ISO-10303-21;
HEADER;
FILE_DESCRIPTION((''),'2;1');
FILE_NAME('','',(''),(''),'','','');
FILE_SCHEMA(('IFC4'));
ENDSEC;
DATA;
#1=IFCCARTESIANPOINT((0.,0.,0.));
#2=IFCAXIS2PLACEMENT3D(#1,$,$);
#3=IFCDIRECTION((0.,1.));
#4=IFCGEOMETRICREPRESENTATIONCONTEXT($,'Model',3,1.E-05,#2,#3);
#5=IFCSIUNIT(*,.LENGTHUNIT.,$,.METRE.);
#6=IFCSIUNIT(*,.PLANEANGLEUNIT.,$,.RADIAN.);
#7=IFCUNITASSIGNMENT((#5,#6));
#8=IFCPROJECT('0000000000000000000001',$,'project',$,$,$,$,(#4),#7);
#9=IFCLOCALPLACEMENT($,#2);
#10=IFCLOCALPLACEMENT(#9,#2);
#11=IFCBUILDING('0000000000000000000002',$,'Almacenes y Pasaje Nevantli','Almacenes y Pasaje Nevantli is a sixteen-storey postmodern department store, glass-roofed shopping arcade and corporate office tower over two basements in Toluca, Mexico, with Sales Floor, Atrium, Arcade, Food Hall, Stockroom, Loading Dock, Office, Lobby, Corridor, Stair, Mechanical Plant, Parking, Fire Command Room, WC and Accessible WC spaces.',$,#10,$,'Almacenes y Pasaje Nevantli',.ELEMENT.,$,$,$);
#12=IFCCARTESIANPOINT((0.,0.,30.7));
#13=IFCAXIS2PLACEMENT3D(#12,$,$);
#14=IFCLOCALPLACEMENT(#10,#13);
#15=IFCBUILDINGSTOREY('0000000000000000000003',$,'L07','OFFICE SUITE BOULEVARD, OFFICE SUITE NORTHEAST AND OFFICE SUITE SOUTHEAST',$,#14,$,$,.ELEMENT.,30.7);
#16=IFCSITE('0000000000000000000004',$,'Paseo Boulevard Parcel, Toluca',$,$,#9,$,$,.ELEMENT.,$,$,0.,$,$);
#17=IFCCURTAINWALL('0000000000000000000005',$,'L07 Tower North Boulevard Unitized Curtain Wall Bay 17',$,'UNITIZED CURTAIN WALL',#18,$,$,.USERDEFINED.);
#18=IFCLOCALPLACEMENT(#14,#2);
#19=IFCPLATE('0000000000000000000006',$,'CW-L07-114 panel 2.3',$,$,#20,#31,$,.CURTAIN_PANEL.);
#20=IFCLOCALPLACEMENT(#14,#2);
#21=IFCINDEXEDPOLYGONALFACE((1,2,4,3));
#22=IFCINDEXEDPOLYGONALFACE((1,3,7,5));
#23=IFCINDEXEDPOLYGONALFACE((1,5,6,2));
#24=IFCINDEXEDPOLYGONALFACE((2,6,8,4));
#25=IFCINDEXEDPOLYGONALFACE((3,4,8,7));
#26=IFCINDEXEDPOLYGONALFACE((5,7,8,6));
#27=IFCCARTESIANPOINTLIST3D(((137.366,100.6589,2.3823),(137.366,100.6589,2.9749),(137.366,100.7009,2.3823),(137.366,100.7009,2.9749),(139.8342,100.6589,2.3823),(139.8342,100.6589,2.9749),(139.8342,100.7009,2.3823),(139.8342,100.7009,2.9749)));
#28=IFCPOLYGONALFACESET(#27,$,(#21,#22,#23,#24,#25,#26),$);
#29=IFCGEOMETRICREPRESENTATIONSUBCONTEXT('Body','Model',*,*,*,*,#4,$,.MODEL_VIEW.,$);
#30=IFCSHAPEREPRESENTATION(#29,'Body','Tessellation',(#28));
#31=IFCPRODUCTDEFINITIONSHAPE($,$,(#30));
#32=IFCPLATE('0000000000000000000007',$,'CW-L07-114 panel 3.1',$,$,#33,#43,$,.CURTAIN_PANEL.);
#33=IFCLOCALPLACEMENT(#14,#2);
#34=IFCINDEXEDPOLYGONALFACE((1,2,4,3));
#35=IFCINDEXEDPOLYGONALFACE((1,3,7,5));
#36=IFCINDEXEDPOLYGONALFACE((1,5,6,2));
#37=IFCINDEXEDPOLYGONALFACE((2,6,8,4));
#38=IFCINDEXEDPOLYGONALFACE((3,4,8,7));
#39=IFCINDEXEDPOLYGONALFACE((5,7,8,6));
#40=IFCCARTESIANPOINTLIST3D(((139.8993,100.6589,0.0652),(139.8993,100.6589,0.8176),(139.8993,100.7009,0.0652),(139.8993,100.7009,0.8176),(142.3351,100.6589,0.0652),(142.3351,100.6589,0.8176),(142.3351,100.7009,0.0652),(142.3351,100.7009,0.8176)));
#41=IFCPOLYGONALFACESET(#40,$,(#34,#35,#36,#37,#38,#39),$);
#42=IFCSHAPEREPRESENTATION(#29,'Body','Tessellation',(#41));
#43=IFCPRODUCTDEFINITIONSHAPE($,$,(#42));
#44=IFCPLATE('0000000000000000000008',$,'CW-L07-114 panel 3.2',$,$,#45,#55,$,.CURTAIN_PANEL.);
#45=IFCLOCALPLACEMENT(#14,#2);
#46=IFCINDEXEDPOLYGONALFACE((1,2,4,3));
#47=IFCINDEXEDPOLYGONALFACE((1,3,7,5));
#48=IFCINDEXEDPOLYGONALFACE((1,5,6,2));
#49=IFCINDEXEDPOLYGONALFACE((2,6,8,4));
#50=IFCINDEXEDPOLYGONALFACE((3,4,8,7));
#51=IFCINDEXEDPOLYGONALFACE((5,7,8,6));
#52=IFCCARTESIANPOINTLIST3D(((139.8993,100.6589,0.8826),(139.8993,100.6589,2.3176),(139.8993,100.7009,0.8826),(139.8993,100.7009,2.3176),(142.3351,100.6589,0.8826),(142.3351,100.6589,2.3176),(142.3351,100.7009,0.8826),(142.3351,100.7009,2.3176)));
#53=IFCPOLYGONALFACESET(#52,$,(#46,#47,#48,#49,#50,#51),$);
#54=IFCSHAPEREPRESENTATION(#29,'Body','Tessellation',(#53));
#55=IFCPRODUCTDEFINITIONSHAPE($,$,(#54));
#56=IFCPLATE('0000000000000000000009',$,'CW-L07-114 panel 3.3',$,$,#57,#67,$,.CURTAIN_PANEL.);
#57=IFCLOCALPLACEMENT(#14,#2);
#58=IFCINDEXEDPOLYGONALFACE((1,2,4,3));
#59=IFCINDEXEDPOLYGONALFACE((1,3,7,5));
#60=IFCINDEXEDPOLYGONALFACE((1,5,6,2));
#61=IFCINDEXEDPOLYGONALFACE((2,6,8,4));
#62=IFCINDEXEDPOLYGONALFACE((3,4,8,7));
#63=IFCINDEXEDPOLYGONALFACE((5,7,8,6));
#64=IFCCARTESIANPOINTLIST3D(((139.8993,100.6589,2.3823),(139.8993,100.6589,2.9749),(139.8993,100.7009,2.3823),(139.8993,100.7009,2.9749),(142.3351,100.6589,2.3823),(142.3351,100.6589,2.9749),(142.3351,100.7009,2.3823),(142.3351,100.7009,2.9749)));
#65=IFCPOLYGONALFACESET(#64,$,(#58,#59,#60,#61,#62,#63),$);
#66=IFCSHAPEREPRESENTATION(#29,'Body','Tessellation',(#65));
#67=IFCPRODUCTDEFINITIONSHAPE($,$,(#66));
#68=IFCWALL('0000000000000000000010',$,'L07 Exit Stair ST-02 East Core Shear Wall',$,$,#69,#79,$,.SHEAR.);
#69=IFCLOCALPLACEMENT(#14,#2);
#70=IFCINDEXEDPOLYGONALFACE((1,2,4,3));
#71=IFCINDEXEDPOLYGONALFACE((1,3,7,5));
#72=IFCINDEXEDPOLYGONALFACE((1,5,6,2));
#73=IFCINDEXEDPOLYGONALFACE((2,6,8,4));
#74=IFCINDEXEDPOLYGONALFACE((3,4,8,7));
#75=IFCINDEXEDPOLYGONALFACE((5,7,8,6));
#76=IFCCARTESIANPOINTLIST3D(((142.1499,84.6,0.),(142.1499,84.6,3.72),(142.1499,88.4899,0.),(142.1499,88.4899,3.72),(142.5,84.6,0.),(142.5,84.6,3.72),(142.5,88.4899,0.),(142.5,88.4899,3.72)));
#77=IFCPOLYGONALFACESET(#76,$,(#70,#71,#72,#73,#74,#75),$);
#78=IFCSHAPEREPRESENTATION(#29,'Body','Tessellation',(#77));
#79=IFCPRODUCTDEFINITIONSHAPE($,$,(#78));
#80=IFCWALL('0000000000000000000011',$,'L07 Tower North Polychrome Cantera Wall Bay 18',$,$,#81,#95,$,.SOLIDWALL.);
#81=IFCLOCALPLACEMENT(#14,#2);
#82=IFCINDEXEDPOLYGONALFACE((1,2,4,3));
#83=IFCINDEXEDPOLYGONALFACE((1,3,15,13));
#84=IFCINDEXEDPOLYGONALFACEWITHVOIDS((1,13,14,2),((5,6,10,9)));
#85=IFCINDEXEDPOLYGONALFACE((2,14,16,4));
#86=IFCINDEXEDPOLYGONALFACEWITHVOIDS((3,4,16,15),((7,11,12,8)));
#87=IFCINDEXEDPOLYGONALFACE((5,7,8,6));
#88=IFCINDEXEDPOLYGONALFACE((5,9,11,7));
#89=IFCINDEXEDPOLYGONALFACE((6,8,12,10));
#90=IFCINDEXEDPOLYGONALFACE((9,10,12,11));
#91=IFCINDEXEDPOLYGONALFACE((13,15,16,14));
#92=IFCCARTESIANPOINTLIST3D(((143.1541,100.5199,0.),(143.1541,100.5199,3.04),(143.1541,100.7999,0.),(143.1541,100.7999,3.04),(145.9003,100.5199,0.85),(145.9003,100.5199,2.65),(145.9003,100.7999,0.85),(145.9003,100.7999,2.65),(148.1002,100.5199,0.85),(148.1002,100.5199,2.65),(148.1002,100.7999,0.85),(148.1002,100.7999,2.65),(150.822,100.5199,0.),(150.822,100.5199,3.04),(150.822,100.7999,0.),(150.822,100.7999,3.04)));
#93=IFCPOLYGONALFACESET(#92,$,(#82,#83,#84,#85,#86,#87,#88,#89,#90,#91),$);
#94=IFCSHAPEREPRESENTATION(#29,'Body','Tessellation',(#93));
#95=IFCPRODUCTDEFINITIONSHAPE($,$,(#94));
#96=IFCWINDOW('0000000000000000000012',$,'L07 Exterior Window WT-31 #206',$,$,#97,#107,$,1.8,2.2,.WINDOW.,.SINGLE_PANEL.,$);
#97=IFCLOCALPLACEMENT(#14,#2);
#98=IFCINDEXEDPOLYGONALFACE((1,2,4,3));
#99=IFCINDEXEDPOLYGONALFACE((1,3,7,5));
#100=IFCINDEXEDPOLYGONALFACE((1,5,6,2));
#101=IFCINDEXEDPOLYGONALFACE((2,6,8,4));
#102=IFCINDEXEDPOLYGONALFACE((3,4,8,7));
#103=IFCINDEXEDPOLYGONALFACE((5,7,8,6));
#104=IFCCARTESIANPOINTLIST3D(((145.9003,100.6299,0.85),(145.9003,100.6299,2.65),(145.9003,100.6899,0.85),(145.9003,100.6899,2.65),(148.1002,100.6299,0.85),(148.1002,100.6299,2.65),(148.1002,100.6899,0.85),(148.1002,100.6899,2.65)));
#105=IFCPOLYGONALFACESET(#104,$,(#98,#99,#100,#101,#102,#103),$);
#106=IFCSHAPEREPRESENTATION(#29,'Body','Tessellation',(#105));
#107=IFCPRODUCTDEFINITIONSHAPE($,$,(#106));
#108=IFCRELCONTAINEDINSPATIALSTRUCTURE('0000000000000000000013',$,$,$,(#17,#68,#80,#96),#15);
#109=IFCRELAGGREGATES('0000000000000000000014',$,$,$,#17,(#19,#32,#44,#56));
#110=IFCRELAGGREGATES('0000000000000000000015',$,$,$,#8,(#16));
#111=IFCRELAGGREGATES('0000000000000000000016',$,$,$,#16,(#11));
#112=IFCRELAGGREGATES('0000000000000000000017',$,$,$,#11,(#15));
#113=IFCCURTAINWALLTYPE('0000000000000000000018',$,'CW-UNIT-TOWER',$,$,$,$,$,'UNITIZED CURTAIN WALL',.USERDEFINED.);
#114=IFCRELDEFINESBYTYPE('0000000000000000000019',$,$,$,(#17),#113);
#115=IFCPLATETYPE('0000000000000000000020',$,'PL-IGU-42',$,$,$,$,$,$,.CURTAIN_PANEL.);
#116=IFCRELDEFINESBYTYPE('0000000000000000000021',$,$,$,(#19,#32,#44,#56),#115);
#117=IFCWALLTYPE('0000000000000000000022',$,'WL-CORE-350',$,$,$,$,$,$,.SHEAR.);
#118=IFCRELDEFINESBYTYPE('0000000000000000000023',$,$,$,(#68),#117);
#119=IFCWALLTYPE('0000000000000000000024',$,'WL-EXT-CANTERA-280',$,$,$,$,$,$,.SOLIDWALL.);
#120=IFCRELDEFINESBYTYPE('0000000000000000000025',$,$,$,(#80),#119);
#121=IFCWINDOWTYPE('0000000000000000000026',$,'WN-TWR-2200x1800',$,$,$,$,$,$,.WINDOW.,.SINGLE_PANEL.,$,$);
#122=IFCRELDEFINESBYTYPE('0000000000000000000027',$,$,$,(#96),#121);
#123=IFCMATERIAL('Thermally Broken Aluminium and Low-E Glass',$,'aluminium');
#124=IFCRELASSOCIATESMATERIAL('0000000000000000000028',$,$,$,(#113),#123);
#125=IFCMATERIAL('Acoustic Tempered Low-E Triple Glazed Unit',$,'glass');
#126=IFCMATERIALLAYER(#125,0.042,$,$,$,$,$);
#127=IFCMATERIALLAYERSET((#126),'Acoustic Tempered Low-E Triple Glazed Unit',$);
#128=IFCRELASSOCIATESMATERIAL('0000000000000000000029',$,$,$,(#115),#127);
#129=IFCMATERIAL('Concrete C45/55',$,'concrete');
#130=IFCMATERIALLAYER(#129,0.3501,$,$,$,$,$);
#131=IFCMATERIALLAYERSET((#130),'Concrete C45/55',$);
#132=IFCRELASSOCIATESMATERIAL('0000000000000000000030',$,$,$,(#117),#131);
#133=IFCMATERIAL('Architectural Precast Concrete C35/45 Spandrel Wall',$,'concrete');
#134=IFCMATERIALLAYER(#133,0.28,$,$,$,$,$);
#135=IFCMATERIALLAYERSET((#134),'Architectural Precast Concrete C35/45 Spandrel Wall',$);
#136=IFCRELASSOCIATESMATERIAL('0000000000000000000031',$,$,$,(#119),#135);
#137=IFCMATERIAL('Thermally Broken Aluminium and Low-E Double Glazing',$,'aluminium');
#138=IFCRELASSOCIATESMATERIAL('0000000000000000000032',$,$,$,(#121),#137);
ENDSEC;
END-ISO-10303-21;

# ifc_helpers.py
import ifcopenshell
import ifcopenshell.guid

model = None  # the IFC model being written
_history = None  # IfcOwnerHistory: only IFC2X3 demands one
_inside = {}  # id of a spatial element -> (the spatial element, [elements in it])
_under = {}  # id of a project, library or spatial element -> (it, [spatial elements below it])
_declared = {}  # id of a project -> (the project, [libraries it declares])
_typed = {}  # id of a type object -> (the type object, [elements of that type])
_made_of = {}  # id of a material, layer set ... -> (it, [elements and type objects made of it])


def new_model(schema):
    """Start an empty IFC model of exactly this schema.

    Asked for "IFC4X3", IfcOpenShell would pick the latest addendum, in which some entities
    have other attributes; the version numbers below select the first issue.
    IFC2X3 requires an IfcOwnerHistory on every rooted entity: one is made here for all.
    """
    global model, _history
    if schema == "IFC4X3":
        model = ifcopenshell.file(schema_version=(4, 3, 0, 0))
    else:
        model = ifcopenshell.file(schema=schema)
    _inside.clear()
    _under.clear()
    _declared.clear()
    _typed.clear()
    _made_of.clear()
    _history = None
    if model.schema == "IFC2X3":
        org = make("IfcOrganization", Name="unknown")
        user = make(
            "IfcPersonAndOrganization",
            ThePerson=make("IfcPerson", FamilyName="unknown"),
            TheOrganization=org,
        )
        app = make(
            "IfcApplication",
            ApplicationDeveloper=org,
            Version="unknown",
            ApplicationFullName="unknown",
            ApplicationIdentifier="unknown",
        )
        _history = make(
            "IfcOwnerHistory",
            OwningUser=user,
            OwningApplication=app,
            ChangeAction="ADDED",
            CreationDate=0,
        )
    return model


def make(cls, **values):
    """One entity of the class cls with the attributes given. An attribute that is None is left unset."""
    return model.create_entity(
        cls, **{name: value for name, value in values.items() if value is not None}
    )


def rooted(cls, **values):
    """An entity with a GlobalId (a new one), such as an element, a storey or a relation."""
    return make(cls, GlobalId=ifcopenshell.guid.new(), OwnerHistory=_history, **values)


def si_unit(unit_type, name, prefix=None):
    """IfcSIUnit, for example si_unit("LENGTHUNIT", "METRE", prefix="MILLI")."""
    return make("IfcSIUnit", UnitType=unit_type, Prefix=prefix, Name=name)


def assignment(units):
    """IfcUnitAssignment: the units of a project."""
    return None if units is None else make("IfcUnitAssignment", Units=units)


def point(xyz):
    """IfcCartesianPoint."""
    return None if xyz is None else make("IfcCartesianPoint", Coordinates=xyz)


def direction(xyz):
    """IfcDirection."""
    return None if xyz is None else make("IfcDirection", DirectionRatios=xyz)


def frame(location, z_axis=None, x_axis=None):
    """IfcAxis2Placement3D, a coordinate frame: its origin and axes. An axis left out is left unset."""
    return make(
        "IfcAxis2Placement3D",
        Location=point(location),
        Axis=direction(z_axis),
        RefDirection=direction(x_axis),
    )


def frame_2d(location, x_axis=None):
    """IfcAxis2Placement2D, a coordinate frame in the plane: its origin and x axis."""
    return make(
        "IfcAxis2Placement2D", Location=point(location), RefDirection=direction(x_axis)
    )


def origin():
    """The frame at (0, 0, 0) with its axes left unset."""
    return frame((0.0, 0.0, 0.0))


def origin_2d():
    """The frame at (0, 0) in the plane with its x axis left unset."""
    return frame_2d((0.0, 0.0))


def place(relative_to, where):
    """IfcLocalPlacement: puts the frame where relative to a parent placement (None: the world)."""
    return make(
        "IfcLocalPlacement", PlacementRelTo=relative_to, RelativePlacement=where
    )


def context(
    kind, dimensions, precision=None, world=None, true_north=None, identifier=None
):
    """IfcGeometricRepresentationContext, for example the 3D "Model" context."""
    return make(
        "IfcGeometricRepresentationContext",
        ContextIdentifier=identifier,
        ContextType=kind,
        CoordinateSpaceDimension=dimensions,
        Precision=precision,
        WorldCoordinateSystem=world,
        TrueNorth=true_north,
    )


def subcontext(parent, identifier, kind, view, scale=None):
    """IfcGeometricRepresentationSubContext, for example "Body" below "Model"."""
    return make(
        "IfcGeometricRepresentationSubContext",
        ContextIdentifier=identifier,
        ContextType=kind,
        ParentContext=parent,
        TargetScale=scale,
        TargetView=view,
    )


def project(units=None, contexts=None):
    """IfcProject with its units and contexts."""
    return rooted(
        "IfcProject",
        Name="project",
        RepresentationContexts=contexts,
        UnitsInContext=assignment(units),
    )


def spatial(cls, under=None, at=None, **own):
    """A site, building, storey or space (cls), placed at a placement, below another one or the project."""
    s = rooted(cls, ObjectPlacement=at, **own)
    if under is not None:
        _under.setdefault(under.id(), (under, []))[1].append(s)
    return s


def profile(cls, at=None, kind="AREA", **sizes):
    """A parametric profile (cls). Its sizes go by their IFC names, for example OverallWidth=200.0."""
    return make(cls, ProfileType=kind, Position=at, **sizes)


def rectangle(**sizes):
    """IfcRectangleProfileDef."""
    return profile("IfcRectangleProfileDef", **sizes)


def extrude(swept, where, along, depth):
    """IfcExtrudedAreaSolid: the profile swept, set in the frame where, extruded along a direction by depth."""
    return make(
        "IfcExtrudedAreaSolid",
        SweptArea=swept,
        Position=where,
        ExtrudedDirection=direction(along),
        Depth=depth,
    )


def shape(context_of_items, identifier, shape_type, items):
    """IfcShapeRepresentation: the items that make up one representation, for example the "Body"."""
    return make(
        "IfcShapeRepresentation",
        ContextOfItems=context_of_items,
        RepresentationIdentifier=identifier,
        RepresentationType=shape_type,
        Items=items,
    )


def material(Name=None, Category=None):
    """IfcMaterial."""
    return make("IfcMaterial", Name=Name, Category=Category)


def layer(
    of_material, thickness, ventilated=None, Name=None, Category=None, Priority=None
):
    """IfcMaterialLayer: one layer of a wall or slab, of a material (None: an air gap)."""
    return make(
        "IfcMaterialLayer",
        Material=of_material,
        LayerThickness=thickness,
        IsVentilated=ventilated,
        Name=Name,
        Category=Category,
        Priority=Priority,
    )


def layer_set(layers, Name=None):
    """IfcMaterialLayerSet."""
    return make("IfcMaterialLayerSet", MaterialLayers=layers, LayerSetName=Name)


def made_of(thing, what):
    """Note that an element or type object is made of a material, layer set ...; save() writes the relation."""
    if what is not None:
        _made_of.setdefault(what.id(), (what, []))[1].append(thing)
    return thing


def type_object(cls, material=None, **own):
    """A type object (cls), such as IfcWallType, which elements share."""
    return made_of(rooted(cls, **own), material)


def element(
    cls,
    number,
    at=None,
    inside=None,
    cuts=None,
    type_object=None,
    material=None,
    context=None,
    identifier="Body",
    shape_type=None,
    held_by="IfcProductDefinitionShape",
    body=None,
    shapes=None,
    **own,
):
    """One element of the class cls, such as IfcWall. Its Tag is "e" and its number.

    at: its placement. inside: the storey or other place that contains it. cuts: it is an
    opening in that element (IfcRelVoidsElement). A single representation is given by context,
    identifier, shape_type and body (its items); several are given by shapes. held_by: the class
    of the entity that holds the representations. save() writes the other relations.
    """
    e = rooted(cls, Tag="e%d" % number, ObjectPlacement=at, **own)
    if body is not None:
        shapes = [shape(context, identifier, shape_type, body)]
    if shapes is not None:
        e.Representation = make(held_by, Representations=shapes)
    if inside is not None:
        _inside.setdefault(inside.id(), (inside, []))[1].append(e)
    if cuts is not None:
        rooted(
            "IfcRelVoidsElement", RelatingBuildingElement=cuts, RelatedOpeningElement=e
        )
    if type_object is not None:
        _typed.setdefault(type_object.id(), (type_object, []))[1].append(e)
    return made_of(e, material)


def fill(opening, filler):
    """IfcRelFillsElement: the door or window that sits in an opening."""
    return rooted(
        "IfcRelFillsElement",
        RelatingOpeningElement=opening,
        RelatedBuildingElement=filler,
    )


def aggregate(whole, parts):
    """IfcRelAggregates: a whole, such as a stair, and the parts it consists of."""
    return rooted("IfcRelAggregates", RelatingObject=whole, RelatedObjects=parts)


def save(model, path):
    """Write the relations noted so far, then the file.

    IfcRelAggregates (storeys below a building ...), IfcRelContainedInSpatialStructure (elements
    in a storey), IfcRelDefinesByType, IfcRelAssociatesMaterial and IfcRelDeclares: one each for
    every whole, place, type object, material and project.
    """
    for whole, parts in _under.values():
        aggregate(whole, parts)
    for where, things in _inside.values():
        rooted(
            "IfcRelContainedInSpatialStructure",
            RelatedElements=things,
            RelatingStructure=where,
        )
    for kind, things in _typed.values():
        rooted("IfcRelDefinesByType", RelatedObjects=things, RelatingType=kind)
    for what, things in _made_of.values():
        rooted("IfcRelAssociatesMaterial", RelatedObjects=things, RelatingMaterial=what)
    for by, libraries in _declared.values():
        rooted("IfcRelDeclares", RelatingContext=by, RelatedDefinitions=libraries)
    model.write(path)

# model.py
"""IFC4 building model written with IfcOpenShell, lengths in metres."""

from ifc_helpers import new_model, si_unit, direction, frame, frame_2d, origin, origin_2d, place, context, subcontext, project, spatial, rectangle, extrude, material, layer, layer_set, type_object, element, fill, aggregate, save


model = new_model("IFC4")

# Units and contexts
model_context = context("Model", 3, precision=1e-05, world=origin(), true_north=direction((0.0, 1.0)))
body_context = subcontext(model_context, "Body", "Model", "MODEL_VIEW")
ifc_project = project(units=[si_unit("LENGTHUNIT", "METRE"), si_unit("PLANEANGLEUNIT", "RADIAN")], contexts=[model_context])

# Site, building, storey
site_placement = place(None, origin())
site = spatial("IfcSite", under=ifc_project, at=site_placement, Name="Paseo Boulevard Parcel, Toluca", CompositionType="ELEMENT", RefElevation=0.0)
building_placement = place(site_placement, origin())
building = spatial("IfcBuilding", under=site, at=building_placement, Name="Almacenes y Pasaje Nevantli", Description="Almacenes y Pasaje Nevantli is a sixteen-storey postmodern department store, glass-roofed shopping arcade and corporate office tower over two basements in Toluca, Mexico, with Sales Floor, Atrium, Arcade, Food Hall, Stockroom, Loading Dock, Office, Lobby, Corridor, Stair, Mechanical Plant, Parking, Fire Command Room, WC and Accessible WC spaces.", LongName="Almacenes y Pasaje Nevantli", CompositionType="ELEMENT")
storey_placement = place(building_placement, frame((0.0, 0.0, 30.7)))
storey = spatial("IfcBuildingStorey", under=building, at=storey_placement, Name="L07", Description="OFFICE SUITE BOULEVARD, OFFICE SUITE NORTHEAST AND OFFICE SUITE SOUTHEAST", CompositionType="ELEMENT", Elevation=30.7)

# Curtain wall, plates
ifc_material_1 = material(Name="Thermally Broken Aluminium and Low-E Glass", Category="aluminium")
curtain_wall_type = type_object("IfcCurtainWallType", Name="CW-UNIT-TOWER", ElementType="UNITIZED CURTAIN WALL", PredefinedType="USERDEFINED", material=ifc_material_1)
curtain_wall_placement = place(storey_placement, origin())
curtain_wall = element("IfcCurtainWall", 1, at=curtain_wall_placement, inside=storey, type_object=curtain_wall_type, Name="L07 Tower North Boulevard Unitized Curtain Wall Bay 17", ObjectType="UNITIZED CURTAIN WALL", PredefinedType="USERDEFINED")
ifc_material_2 = material(Name="Acoustic Tempered Low-E Triple Glazed Unit", Category="glass")
ifc_layer_1 = layer(ifc_material_2, 0.042)
ifc_layer_set_1 = layer_set([ifc_layer_1], Name="Acoustic Tempered Low-E Triple Glazed Unit")
plate_type = type_object("IfcPlateType", Name="PL-IGU-42", PredefinedType="CURTAIN_PANEL", material=ifc_layer_set_1)
plate_1_placement = place(storey_placement, frame((138.6001, 100.6799, 2.3823), z_axis=(0.0, 0.0, 1.0), x_axis=(1.0, 0.0, 0.0)))
plate_1 = element("IfcPlate", 2, at=plate_1_placement, type_object=plate_type, Name="CW-L07-114 panel 2.3", PredefinedType="CURTAIN_PANEL", context=body_context, shape_type="SweptSolid", body=[
    extrude(rectangle(XDim=2.4683, YDim=0.042, at=origin_2d()), origin(), (0.0, 0.0, 1.0), 0.5925),
])
plate_2_placement = place(storey_placement, frame((141.1172, 100.6799, 0.0652), z_axis=(0.0, 0.0, 1.0), x_axis=(1.0, 0.0, 0.0)))
plate_2 = element("IfcPlate", 3, at=plate_2_placement, type_object=plate_type, Name="CW-L07-114 panel 3.1", PredefinedType="CURTAIN_PANEL", context=body_context, shape_type="SweptSolid", body=[
    extrude(rectangle(XDim=2.4358, YDim=0.042, at=origin_2d()), origin(), (0.0, 0.0, 1.0), 0.7524),
])
plate_3_placement = place(storey_placement, frame((141.1172, 100.6799, 0.8826), z_axis=(0.0, 0.0, 1.0), x_axis=(1.0, 0.0, 0.0)))
plate_3 = element("IfcPlate", 4, at=plate_3_placement, type_object=plate_type, Name="CW-L07-114 panel 3.2", PredefinedType="CURTAIN_PANEL", context=body_context, shape_type="SweptSolid", body=[
    extrude(rectangle(XDim=2.4358, YDim=0.042, at=origin_2d()), origin(), (0.0, 0.0, 1.0), 1.4351),
])
plate_4_placement = place(storey_placement, frame((141.1172, 100.6799, 2.3823), z_axis=(0.0, 0.0, 1.0), x_axis=(1.0, 0.0, 0.0)))
plate_4 = element("IfcPlate", 5, at=plate_4_placement, type_object=plate_type, Name="CW-L07-114 panel 3.3", PredefinedType="CURTAIN_PANEL", context=body_context, shape_type="SweptSolid", body=[
    extrude(rectangle(XDim=2.4358, YDim=0.042, at=origin_2d()), origin(), (0.0, 0.0, 1.0), 0.5925),
])
aggregate(curtain_wall, [plate_1, plate_2, plate_3, plate_4])

# Wall
ifc_material_3 = material(Name="Concrete C45/55", Category="concrete")
ifc_layer_2 = layer(ifc_material_3, 0.3501)
ifc_layer_set_2 = layer_set([ifc_layer_2], Name="Concrete C45/55")
wall_type_1 = type_object("IfcWallType", Name="WL-CORE-350", PredefinedType="SHEAR", material=ifc_layer_set_2)
wall_1_placement = place(storey_placement, frame((142.325, 84.6001, 0.0), z_axis=(0.0, 0.0, 1.0), x_axis=(0.0, 1.0, 0.0)))
element("IfcWall", 6, at=wall_1_placement, inside=storey, type_object=wall_type_1, Name="L07 Exit Stair ST-02 East Core Shear Wall", PredefinedType="SHEAR", context=body_context, shape_type="SweptSolid", body=[
    extrude(rectangle(XDim=3.8899, YDim=0.3501, at=frame_2d((1.9448, 0.0))), origin(), (0.0, 0.0, 1.0), 3.72),
])

# Wall, opening, window
ifc_material_4 = material(Name="Architectural Precast Concrete C35/45 Spandrel Wall", Category="concrete")
ifc_layer_3 = layer(ifc_material_4, 0.28)
ifc_layer_set_3 = layer_set([ifc_layer_3], Name="Architectural Precast Concrete C35/45 Spandrel Wall")
wall_type_2 = type_object("IfcWallType", Name="WL-EXT-CANTERA-280", PredefinedType="SOLIDWALL", material=ifc_layer_set_3)
wall_2_placement = place(storey_placement, frame((143.1541, 100.6599, 0.0), z_axis=(0.0, 0.0, 1.0), x_axis=(1.0, 0.0, 0.0)))
wall_2 = element("IfcWall", 7, at=wall_2_placement, inside=storey, type_object=wall_type_2, Name="L07 Tower North Polychrome Cantera Wall Bay 18", PredefinedType="SOLIDWALL", context=body_context, shape_type="SweptSolid", body=[
    extrude(rectangle(XDim=7.668, YDim=0.28, at=frame_2d((3.834, 0.0))), origin(), (0.0, 0.0, 1.0), 3.04),
])
opening_placement = place(wall_2_placement, frame((2.7461, 0.0, 0.8501)))
opening = element("IfcOpeningElement", 8, at=opening_placement, cuts=wall_2, PredefinedType="OPENING", context=body_context, shape_type="SweptSolid", body=[
    extrude(rectangle(XDim=2.2, YDim=1.8, at=frame_2d((1.1001, 0.8999))), frame((0.0, 0.1499, 0.0), z_axis=(0.0, -1.0, 0.0), x_axis=(1.0, 0.0, 0.0)), (0.0, 0.0, 1.0), 0.3),
])
ifc_material_5 = material(Name="Thermally Broken Aluminium and Low-E Double Glazing", Category="aluminium")
window_type = type_object("IfcWindowType", Name="WN-TWR-2200x1800", PartitioningType="SINGLE_PANEL", PredefinedType="WINDOW", material=ifc_material_5)
window_placement = place(opening_placement, origin())
window = element("IfcWindow", 9, at=window_placement, inside=storey, type_object=window_type, Name="L07 Exterior Window WT-31 #206", OverallHeight=1.8, OverallWidth=2.2, PartitioningType="SINGLE_PANEL", PredefinedType="WINDOW", context=body_context, shape_type="SweptSolid", body=[
    extrude(rectangle(XDim=2.2, YDim=1.8, at=frame_2d((1.1001, 0.8999))), frame((0.0, 0.03, 0.0), z_axis=(0.0, -1.0, 0.0), x_axis=(1.0, 0.0, 0.0)), (0.0, 0.0, 1.0), 0.0601),
])
fill(opening, window)

save(model, "model.ifc")
